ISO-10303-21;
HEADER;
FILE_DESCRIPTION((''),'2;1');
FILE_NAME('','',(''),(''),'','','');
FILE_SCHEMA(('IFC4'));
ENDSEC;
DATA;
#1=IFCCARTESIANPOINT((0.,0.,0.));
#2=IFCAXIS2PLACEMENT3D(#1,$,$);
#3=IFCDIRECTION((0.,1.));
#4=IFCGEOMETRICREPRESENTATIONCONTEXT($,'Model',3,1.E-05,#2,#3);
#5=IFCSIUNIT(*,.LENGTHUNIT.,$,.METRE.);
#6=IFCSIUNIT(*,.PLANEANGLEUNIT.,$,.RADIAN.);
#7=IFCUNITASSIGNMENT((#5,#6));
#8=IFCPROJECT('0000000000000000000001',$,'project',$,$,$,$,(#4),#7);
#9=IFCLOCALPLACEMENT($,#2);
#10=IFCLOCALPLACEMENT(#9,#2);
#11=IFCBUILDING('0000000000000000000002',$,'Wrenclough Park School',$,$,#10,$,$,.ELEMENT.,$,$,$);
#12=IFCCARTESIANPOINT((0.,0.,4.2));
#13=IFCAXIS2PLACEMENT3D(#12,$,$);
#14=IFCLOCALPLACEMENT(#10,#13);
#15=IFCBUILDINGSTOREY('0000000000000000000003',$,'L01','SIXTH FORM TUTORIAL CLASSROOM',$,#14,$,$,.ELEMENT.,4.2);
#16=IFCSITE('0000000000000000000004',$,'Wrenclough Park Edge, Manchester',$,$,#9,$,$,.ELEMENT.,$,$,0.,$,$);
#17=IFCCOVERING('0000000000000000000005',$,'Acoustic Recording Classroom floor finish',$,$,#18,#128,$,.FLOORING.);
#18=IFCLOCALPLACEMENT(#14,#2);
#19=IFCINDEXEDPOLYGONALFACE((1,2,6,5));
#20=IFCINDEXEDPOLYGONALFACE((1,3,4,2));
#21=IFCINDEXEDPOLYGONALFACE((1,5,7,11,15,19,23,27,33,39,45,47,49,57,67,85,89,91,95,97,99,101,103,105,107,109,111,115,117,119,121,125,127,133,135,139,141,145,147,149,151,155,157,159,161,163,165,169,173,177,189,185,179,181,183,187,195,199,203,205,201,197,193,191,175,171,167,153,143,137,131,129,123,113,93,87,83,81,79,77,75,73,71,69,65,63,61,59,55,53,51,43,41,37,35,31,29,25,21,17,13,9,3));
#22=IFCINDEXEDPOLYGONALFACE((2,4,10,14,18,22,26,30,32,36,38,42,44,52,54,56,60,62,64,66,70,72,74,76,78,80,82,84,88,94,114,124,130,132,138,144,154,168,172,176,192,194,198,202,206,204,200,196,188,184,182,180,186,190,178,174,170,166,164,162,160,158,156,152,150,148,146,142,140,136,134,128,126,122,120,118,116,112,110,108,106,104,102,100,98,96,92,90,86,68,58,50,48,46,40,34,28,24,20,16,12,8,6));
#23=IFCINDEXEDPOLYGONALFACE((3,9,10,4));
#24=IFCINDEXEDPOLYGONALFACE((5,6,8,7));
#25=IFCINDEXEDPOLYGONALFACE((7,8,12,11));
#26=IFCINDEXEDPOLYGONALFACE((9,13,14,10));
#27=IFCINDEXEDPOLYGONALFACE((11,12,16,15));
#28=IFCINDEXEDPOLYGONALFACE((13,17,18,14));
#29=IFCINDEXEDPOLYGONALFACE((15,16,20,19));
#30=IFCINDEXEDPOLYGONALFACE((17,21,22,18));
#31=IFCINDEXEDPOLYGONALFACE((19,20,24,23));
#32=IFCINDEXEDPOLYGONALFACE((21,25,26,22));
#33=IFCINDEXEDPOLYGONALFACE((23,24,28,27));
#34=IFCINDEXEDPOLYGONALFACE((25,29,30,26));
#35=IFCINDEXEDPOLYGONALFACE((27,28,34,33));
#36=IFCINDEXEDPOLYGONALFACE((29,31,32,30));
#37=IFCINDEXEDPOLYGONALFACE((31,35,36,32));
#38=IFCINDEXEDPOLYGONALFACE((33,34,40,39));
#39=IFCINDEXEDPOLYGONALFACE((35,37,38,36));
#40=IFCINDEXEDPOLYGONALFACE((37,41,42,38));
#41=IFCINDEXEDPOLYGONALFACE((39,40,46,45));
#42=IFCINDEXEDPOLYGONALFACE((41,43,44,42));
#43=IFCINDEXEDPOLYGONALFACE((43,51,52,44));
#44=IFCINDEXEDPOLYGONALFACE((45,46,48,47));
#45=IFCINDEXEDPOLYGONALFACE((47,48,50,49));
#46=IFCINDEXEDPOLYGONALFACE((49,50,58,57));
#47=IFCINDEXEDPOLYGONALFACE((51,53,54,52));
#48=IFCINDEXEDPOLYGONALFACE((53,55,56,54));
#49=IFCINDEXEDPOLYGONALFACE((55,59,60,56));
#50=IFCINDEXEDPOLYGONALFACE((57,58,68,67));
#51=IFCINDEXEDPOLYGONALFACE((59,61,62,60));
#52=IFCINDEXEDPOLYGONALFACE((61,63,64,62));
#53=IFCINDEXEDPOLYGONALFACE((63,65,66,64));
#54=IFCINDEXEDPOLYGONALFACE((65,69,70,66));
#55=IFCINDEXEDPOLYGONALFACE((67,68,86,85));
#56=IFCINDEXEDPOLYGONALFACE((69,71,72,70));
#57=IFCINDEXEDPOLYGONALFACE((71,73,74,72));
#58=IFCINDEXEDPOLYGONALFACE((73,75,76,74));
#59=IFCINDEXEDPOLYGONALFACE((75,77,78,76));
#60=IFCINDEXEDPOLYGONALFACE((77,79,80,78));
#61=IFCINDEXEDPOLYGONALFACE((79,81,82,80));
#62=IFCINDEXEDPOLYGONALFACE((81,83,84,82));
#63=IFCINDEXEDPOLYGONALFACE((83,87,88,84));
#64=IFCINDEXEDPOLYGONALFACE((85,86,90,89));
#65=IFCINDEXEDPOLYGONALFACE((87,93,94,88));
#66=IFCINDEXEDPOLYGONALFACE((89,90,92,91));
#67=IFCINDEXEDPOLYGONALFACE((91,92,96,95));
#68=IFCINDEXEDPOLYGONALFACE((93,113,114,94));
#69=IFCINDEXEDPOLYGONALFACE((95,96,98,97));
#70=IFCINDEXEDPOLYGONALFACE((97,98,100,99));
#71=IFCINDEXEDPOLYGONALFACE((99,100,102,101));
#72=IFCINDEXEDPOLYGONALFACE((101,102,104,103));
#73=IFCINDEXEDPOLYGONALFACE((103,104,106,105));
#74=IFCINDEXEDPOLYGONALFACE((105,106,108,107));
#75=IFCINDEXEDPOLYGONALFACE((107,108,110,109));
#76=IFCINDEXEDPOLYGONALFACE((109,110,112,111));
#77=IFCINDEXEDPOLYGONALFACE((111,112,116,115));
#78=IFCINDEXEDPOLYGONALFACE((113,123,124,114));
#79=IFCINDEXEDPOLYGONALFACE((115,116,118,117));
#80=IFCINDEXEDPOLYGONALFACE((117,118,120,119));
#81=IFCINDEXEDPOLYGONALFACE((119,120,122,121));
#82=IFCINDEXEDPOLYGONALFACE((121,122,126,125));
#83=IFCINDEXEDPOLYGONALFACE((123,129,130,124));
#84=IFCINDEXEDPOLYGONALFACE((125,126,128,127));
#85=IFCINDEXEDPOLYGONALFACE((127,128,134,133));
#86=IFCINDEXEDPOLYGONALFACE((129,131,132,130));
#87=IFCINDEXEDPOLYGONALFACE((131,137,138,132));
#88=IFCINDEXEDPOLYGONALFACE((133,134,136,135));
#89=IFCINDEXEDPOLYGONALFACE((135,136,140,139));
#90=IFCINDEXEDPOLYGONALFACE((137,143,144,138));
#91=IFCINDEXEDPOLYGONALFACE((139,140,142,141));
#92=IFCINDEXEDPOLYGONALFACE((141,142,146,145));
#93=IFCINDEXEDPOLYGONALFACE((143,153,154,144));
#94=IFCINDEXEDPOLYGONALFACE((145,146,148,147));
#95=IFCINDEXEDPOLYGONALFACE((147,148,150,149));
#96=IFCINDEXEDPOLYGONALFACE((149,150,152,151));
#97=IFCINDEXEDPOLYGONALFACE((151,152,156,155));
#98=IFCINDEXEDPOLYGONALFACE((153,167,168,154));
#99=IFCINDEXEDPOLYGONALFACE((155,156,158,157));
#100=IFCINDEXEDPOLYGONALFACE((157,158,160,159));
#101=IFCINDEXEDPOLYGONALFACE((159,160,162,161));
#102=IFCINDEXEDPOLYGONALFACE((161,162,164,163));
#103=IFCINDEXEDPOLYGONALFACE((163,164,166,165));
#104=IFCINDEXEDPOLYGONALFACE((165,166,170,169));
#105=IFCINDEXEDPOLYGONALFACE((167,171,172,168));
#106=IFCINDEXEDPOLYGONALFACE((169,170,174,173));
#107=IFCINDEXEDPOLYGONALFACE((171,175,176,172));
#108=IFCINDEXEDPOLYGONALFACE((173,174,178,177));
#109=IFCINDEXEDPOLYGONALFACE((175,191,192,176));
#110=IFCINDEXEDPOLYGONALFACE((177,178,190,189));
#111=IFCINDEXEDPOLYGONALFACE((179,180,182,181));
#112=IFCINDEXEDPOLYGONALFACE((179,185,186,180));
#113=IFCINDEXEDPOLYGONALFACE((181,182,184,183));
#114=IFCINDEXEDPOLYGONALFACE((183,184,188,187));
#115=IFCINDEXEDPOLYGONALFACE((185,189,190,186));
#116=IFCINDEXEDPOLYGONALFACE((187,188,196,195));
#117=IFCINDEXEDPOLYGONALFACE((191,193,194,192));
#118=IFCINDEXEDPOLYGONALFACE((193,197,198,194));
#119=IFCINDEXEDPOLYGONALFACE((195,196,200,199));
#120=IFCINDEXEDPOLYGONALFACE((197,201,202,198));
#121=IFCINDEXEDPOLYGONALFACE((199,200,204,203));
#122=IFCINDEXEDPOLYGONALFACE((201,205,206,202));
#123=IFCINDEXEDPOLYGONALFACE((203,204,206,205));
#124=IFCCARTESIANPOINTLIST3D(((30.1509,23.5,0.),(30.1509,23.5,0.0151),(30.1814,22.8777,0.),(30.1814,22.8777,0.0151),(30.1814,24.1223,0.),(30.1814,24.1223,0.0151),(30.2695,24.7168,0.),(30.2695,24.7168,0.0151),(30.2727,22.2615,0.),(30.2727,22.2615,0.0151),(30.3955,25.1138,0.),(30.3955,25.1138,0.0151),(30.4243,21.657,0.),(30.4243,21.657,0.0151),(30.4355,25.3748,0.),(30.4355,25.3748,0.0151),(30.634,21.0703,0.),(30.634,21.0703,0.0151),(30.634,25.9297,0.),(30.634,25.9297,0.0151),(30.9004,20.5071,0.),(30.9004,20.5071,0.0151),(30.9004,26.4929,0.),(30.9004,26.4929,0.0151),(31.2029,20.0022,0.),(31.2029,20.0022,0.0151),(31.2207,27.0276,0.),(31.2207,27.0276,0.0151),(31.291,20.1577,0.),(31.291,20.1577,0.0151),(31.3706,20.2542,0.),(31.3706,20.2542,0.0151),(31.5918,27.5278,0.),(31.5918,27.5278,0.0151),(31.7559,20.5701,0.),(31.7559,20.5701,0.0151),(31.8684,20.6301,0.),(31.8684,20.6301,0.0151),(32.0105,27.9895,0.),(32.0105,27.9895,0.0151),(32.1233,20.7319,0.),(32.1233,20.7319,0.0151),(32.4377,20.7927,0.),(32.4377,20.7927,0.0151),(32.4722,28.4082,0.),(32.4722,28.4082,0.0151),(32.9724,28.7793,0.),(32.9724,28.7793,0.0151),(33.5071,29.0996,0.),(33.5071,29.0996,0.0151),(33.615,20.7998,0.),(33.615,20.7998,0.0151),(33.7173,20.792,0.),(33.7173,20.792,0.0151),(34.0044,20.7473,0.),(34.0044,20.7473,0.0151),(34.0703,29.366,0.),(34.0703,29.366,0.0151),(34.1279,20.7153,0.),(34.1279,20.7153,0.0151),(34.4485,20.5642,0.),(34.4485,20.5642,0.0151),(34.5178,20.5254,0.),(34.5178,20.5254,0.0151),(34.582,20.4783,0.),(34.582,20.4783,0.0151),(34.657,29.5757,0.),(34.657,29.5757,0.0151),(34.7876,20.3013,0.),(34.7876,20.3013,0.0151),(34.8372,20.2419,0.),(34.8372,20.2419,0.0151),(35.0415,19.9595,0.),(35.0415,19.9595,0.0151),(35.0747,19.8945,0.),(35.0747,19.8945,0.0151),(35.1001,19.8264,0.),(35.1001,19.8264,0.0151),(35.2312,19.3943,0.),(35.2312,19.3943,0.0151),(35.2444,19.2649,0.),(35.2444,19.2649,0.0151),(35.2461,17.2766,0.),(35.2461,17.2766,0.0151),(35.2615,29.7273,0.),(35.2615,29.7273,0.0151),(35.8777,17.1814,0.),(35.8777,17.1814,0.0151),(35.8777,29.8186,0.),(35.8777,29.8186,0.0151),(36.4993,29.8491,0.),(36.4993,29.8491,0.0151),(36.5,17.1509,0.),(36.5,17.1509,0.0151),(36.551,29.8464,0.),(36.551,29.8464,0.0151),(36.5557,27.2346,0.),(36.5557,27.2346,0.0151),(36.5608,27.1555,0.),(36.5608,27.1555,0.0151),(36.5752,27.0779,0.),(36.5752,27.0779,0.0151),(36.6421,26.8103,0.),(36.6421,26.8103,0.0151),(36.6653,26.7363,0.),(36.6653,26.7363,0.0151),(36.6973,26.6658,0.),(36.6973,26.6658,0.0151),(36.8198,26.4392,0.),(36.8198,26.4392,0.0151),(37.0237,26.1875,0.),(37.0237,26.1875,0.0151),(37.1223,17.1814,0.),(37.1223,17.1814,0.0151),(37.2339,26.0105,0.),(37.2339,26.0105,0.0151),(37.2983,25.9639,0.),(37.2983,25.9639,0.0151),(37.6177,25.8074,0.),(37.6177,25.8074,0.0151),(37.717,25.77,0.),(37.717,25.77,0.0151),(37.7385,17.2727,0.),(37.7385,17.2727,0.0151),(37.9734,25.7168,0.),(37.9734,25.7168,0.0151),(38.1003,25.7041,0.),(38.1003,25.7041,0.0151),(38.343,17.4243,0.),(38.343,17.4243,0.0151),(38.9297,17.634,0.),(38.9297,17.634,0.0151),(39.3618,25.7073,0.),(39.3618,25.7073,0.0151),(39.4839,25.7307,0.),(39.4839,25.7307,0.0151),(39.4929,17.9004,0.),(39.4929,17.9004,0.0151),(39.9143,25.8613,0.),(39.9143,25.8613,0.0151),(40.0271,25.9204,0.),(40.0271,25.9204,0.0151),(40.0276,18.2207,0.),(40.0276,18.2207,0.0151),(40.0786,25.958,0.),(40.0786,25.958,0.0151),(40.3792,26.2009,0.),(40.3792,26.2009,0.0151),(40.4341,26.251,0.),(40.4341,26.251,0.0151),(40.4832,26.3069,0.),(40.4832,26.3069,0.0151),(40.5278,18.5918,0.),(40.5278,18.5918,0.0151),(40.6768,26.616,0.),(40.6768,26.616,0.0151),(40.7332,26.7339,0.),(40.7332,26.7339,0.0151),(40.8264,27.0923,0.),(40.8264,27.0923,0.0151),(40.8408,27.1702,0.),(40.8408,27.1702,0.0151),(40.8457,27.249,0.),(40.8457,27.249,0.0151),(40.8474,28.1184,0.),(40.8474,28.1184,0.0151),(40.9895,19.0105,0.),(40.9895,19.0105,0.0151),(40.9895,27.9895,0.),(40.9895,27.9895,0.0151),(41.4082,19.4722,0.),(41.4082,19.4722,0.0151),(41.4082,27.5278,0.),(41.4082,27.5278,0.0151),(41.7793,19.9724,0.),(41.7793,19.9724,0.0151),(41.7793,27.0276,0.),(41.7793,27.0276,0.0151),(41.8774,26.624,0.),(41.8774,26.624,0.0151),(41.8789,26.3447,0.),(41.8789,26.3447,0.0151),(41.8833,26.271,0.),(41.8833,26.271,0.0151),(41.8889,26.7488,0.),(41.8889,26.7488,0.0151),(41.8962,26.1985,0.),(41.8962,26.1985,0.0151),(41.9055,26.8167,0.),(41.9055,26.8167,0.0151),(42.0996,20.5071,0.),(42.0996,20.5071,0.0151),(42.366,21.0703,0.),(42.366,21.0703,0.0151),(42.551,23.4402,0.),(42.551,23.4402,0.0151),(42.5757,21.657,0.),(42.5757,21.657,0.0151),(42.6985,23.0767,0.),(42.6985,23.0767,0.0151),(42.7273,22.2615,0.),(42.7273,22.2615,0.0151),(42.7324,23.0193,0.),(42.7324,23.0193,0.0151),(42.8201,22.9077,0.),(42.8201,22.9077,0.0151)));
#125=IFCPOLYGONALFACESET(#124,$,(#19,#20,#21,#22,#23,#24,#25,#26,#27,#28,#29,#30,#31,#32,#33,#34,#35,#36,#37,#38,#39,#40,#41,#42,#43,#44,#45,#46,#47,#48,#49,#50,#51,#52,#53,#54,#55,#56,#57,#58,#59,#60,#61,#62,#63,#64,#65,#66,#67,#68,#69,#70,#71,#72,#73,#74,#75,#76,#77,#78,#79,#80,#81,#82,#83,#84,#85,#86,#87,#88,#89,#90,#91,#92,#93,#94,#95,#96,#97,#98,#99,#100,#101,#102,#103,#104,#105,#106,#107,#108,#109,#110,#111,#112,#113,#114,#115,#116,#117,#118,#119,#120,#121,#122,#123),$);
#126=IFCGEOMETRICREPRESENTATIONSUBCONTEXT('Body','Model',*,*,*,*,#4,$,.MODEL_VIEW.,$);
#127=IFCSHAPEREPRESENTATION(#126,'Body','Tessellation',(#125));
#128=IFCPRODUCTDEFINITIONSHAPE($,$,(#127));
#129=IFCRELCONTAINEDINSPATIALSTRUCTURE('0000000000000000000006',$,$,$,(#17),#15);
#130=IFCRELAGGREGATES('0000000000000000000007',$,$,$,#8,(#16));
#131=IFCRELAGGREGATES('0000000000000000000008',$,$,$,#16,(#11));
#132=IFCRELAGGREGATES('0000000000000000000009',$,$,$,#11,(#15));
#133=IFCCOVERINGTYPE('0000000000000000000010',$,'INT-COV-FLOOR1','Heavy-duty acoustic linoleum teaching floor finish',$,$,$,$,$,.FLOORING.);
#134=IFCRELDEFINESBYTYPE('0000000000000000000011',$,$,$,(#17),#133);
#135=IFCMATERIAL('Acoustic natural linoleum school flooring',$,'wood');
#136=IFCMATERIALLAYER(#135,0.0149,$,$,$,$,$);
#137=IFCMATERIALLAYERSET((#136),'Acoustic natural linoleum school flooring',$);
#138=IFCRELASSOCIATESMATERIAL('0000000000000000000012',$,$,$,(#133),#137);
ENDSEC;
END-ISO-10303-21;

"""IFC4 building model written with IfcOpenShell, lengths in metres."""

from ifc_helpers import new_model, si_unit, direction, frame, origin, place, context, subcontext, project, spatial, polyline, outline, extrude, material, layer, layer_set, type_object, element, save


model = new_model("IFC4")

# Units and contexts
model_context = context("Model", 3, precision=1e-05, world=origin(), true_north=direction((0.0, 1.0)))
body_context = subcontext(model_context, "Body", "Model", "MODEL_VIEW")
ifc_project = project(units=[si_unit("LENGTHUNIT", "METRE"), si_unit("PLANEANGLEUNIT", "RADIAN")], contexts=[model_context])

# Site, building, storey
site_placement = place(None, origin())
site = spatial("IfcSite", under=ifc_project, at=site_placement, Name="Wrenclough Park Edge, Manchester", CompositionType="ELEMENT", RefElevation=0.0)
building_placement = place(site_placement, origin())
building = spatial("IfcBuilding", under=site, at=building_placement, Name="Wrenclough Park School", CompositionType="ELEMENT")
storey_placement = place(building_placement, frame((0.0, 0.0, 4.2)))
storey = spatial("IfcBuildingStorey", under=building, at=storey_placement, Name="L01", Description="SIXTH FORM TUTORIAL CLASSROOM", CompositionType="ELEMENT", Elevation=4.2)

# Covering
ifc_material_1 = material(Name="Acoustic natural linoleum school flooring", Category="wood")
ifc_layer_1 = layer(ifc_material_1, 0.0149)
ifc_layer_set_1 = layer_set([ifc_layer_1], Name="Acoustic natural linoleum school flooring")
covering_type_1 = type_object("IfcCoveringType", Name="INT-COV-FLOOR1", Description="Heavy-duty acoustic linoleum teaching floor finish", PredefinedType="FLOORING", material=ifc_layer_set_1)
covering_1_placement = place(storey_placement, origin())
element("IfcCovering", 1, at=covering_1_placement, inside=storey, type_object=covering_type_1, Name="Acoustic Recording Classroom floor finish", PredefinedType="FLOORING", context=body_context, shape_type="SweptSolid", body=[
    extrude(outline(polyline([(30.9004, 20.5071), (31.2029, 20.0022), (31.291, 20.1577), (31.3706, 20.2542), (31.7559, 20.5701), (31.8684, 20.6301), (32.1233, 20.7319), (32.4377, 20.7927), (33.615, 20.7998), (33.7173, 20.792), (34.0044, 20.7473), (34.1279, 20.7153), (34.4485, 20.5642), (34.5178, 20.5254), (34.582, 20.4783), (34.7876, 20.3013), (34.8372, 20.2419), (35.0415, 19.9595), (35.0747, 19.8945), (35.1001, 19.8264), (35.2312, 19.3943), (35.2444, 19.2649), (35.2461, 17.2766), (35.8777, 17.1814), (36.5, 17.1509), (37.1223, 17.1814), (37.7385, 17.2727), (38.343, 17.4243), (38.9297, 17.634), (39.4929, 17.9004), (40.0276, 18.2207), (40.5278, 18.5918), (40.9895, 19.0105), (41.4082, 19.4722), (41.7793, 19.9724), (42.0996, 20.5071), (42.366, 21.0703), (42.5757, 21.657), (42.7273, 22.2615), (42.8201, 22.9077), (42.7324, 23.0193), (42.6985, 23.0767), (42.551, 23.4402), (41.8962, 26.1985), (41.8833, 26.271), (41.8789, 26.3447), (41.8774, 26.624), (41.8889, 26.7488), (41.9055, 26.8167), (41.7793, 27.0276), (41.4082, 27.5278), (40.9895, 27.9895), (40.8474, 28.1184), (40.8457, 27.249), (40.8408, 27.1702), (40.8264, 27.0923), (40.7332, 26.7339), (40.6768, 26.616), (40.4832, 26.3069), (40.4341, 26.251), (40.3792, 26.2009), (40.0786, 25.958), (40.0271, 25.9204), (39.9143, 25.8613), (39.4839, 25.7307), (39.3618, 25.7073), (38.1003, 25.7041), (37.9734, 25.7168), (37.717, 25.77), (37.6177, 25.8074), (37.2983, 25.9639), (37.2339, 26.0105), (37.0237, 26.1875), (36.8198, 26.4392), (36.6973, 26.6658), (36.6653, 26.7363), (36.6421, 26.8103), (36.5752, 27.0779), (36.5608, 27.1555), (36.5557, 27.2346), (36.551, 29.8464), (36.4993, 29.8491), (35.8777, 29.8186), (35.2615, 29.7273), (34.657, 29.5757), (34.0703, 29.366), (33.5071, 29.0996), (32.9724, 28.7793), (32.4722, 28.4082), (32.0105, 27.9895), (31.5918, 27.5278), (31.2207, 27.0276), (30.9004, 26.4929), (30.634, 25.9297), (30.4355, 25.3748), (30.3955, 25.1138), (30.2695, 24.7168), (30.1814, 24.1223), (30.1509, 23.5), (30.1814, 22.8777), (30.2727, 22.2615), (30.4243, 21.657), (30.634, 21.0703), (30.9004, 20.5071)])), origin(), (0.0, 0.0, 1.0), 0.0151),
])

save(model, "model.ifc")
